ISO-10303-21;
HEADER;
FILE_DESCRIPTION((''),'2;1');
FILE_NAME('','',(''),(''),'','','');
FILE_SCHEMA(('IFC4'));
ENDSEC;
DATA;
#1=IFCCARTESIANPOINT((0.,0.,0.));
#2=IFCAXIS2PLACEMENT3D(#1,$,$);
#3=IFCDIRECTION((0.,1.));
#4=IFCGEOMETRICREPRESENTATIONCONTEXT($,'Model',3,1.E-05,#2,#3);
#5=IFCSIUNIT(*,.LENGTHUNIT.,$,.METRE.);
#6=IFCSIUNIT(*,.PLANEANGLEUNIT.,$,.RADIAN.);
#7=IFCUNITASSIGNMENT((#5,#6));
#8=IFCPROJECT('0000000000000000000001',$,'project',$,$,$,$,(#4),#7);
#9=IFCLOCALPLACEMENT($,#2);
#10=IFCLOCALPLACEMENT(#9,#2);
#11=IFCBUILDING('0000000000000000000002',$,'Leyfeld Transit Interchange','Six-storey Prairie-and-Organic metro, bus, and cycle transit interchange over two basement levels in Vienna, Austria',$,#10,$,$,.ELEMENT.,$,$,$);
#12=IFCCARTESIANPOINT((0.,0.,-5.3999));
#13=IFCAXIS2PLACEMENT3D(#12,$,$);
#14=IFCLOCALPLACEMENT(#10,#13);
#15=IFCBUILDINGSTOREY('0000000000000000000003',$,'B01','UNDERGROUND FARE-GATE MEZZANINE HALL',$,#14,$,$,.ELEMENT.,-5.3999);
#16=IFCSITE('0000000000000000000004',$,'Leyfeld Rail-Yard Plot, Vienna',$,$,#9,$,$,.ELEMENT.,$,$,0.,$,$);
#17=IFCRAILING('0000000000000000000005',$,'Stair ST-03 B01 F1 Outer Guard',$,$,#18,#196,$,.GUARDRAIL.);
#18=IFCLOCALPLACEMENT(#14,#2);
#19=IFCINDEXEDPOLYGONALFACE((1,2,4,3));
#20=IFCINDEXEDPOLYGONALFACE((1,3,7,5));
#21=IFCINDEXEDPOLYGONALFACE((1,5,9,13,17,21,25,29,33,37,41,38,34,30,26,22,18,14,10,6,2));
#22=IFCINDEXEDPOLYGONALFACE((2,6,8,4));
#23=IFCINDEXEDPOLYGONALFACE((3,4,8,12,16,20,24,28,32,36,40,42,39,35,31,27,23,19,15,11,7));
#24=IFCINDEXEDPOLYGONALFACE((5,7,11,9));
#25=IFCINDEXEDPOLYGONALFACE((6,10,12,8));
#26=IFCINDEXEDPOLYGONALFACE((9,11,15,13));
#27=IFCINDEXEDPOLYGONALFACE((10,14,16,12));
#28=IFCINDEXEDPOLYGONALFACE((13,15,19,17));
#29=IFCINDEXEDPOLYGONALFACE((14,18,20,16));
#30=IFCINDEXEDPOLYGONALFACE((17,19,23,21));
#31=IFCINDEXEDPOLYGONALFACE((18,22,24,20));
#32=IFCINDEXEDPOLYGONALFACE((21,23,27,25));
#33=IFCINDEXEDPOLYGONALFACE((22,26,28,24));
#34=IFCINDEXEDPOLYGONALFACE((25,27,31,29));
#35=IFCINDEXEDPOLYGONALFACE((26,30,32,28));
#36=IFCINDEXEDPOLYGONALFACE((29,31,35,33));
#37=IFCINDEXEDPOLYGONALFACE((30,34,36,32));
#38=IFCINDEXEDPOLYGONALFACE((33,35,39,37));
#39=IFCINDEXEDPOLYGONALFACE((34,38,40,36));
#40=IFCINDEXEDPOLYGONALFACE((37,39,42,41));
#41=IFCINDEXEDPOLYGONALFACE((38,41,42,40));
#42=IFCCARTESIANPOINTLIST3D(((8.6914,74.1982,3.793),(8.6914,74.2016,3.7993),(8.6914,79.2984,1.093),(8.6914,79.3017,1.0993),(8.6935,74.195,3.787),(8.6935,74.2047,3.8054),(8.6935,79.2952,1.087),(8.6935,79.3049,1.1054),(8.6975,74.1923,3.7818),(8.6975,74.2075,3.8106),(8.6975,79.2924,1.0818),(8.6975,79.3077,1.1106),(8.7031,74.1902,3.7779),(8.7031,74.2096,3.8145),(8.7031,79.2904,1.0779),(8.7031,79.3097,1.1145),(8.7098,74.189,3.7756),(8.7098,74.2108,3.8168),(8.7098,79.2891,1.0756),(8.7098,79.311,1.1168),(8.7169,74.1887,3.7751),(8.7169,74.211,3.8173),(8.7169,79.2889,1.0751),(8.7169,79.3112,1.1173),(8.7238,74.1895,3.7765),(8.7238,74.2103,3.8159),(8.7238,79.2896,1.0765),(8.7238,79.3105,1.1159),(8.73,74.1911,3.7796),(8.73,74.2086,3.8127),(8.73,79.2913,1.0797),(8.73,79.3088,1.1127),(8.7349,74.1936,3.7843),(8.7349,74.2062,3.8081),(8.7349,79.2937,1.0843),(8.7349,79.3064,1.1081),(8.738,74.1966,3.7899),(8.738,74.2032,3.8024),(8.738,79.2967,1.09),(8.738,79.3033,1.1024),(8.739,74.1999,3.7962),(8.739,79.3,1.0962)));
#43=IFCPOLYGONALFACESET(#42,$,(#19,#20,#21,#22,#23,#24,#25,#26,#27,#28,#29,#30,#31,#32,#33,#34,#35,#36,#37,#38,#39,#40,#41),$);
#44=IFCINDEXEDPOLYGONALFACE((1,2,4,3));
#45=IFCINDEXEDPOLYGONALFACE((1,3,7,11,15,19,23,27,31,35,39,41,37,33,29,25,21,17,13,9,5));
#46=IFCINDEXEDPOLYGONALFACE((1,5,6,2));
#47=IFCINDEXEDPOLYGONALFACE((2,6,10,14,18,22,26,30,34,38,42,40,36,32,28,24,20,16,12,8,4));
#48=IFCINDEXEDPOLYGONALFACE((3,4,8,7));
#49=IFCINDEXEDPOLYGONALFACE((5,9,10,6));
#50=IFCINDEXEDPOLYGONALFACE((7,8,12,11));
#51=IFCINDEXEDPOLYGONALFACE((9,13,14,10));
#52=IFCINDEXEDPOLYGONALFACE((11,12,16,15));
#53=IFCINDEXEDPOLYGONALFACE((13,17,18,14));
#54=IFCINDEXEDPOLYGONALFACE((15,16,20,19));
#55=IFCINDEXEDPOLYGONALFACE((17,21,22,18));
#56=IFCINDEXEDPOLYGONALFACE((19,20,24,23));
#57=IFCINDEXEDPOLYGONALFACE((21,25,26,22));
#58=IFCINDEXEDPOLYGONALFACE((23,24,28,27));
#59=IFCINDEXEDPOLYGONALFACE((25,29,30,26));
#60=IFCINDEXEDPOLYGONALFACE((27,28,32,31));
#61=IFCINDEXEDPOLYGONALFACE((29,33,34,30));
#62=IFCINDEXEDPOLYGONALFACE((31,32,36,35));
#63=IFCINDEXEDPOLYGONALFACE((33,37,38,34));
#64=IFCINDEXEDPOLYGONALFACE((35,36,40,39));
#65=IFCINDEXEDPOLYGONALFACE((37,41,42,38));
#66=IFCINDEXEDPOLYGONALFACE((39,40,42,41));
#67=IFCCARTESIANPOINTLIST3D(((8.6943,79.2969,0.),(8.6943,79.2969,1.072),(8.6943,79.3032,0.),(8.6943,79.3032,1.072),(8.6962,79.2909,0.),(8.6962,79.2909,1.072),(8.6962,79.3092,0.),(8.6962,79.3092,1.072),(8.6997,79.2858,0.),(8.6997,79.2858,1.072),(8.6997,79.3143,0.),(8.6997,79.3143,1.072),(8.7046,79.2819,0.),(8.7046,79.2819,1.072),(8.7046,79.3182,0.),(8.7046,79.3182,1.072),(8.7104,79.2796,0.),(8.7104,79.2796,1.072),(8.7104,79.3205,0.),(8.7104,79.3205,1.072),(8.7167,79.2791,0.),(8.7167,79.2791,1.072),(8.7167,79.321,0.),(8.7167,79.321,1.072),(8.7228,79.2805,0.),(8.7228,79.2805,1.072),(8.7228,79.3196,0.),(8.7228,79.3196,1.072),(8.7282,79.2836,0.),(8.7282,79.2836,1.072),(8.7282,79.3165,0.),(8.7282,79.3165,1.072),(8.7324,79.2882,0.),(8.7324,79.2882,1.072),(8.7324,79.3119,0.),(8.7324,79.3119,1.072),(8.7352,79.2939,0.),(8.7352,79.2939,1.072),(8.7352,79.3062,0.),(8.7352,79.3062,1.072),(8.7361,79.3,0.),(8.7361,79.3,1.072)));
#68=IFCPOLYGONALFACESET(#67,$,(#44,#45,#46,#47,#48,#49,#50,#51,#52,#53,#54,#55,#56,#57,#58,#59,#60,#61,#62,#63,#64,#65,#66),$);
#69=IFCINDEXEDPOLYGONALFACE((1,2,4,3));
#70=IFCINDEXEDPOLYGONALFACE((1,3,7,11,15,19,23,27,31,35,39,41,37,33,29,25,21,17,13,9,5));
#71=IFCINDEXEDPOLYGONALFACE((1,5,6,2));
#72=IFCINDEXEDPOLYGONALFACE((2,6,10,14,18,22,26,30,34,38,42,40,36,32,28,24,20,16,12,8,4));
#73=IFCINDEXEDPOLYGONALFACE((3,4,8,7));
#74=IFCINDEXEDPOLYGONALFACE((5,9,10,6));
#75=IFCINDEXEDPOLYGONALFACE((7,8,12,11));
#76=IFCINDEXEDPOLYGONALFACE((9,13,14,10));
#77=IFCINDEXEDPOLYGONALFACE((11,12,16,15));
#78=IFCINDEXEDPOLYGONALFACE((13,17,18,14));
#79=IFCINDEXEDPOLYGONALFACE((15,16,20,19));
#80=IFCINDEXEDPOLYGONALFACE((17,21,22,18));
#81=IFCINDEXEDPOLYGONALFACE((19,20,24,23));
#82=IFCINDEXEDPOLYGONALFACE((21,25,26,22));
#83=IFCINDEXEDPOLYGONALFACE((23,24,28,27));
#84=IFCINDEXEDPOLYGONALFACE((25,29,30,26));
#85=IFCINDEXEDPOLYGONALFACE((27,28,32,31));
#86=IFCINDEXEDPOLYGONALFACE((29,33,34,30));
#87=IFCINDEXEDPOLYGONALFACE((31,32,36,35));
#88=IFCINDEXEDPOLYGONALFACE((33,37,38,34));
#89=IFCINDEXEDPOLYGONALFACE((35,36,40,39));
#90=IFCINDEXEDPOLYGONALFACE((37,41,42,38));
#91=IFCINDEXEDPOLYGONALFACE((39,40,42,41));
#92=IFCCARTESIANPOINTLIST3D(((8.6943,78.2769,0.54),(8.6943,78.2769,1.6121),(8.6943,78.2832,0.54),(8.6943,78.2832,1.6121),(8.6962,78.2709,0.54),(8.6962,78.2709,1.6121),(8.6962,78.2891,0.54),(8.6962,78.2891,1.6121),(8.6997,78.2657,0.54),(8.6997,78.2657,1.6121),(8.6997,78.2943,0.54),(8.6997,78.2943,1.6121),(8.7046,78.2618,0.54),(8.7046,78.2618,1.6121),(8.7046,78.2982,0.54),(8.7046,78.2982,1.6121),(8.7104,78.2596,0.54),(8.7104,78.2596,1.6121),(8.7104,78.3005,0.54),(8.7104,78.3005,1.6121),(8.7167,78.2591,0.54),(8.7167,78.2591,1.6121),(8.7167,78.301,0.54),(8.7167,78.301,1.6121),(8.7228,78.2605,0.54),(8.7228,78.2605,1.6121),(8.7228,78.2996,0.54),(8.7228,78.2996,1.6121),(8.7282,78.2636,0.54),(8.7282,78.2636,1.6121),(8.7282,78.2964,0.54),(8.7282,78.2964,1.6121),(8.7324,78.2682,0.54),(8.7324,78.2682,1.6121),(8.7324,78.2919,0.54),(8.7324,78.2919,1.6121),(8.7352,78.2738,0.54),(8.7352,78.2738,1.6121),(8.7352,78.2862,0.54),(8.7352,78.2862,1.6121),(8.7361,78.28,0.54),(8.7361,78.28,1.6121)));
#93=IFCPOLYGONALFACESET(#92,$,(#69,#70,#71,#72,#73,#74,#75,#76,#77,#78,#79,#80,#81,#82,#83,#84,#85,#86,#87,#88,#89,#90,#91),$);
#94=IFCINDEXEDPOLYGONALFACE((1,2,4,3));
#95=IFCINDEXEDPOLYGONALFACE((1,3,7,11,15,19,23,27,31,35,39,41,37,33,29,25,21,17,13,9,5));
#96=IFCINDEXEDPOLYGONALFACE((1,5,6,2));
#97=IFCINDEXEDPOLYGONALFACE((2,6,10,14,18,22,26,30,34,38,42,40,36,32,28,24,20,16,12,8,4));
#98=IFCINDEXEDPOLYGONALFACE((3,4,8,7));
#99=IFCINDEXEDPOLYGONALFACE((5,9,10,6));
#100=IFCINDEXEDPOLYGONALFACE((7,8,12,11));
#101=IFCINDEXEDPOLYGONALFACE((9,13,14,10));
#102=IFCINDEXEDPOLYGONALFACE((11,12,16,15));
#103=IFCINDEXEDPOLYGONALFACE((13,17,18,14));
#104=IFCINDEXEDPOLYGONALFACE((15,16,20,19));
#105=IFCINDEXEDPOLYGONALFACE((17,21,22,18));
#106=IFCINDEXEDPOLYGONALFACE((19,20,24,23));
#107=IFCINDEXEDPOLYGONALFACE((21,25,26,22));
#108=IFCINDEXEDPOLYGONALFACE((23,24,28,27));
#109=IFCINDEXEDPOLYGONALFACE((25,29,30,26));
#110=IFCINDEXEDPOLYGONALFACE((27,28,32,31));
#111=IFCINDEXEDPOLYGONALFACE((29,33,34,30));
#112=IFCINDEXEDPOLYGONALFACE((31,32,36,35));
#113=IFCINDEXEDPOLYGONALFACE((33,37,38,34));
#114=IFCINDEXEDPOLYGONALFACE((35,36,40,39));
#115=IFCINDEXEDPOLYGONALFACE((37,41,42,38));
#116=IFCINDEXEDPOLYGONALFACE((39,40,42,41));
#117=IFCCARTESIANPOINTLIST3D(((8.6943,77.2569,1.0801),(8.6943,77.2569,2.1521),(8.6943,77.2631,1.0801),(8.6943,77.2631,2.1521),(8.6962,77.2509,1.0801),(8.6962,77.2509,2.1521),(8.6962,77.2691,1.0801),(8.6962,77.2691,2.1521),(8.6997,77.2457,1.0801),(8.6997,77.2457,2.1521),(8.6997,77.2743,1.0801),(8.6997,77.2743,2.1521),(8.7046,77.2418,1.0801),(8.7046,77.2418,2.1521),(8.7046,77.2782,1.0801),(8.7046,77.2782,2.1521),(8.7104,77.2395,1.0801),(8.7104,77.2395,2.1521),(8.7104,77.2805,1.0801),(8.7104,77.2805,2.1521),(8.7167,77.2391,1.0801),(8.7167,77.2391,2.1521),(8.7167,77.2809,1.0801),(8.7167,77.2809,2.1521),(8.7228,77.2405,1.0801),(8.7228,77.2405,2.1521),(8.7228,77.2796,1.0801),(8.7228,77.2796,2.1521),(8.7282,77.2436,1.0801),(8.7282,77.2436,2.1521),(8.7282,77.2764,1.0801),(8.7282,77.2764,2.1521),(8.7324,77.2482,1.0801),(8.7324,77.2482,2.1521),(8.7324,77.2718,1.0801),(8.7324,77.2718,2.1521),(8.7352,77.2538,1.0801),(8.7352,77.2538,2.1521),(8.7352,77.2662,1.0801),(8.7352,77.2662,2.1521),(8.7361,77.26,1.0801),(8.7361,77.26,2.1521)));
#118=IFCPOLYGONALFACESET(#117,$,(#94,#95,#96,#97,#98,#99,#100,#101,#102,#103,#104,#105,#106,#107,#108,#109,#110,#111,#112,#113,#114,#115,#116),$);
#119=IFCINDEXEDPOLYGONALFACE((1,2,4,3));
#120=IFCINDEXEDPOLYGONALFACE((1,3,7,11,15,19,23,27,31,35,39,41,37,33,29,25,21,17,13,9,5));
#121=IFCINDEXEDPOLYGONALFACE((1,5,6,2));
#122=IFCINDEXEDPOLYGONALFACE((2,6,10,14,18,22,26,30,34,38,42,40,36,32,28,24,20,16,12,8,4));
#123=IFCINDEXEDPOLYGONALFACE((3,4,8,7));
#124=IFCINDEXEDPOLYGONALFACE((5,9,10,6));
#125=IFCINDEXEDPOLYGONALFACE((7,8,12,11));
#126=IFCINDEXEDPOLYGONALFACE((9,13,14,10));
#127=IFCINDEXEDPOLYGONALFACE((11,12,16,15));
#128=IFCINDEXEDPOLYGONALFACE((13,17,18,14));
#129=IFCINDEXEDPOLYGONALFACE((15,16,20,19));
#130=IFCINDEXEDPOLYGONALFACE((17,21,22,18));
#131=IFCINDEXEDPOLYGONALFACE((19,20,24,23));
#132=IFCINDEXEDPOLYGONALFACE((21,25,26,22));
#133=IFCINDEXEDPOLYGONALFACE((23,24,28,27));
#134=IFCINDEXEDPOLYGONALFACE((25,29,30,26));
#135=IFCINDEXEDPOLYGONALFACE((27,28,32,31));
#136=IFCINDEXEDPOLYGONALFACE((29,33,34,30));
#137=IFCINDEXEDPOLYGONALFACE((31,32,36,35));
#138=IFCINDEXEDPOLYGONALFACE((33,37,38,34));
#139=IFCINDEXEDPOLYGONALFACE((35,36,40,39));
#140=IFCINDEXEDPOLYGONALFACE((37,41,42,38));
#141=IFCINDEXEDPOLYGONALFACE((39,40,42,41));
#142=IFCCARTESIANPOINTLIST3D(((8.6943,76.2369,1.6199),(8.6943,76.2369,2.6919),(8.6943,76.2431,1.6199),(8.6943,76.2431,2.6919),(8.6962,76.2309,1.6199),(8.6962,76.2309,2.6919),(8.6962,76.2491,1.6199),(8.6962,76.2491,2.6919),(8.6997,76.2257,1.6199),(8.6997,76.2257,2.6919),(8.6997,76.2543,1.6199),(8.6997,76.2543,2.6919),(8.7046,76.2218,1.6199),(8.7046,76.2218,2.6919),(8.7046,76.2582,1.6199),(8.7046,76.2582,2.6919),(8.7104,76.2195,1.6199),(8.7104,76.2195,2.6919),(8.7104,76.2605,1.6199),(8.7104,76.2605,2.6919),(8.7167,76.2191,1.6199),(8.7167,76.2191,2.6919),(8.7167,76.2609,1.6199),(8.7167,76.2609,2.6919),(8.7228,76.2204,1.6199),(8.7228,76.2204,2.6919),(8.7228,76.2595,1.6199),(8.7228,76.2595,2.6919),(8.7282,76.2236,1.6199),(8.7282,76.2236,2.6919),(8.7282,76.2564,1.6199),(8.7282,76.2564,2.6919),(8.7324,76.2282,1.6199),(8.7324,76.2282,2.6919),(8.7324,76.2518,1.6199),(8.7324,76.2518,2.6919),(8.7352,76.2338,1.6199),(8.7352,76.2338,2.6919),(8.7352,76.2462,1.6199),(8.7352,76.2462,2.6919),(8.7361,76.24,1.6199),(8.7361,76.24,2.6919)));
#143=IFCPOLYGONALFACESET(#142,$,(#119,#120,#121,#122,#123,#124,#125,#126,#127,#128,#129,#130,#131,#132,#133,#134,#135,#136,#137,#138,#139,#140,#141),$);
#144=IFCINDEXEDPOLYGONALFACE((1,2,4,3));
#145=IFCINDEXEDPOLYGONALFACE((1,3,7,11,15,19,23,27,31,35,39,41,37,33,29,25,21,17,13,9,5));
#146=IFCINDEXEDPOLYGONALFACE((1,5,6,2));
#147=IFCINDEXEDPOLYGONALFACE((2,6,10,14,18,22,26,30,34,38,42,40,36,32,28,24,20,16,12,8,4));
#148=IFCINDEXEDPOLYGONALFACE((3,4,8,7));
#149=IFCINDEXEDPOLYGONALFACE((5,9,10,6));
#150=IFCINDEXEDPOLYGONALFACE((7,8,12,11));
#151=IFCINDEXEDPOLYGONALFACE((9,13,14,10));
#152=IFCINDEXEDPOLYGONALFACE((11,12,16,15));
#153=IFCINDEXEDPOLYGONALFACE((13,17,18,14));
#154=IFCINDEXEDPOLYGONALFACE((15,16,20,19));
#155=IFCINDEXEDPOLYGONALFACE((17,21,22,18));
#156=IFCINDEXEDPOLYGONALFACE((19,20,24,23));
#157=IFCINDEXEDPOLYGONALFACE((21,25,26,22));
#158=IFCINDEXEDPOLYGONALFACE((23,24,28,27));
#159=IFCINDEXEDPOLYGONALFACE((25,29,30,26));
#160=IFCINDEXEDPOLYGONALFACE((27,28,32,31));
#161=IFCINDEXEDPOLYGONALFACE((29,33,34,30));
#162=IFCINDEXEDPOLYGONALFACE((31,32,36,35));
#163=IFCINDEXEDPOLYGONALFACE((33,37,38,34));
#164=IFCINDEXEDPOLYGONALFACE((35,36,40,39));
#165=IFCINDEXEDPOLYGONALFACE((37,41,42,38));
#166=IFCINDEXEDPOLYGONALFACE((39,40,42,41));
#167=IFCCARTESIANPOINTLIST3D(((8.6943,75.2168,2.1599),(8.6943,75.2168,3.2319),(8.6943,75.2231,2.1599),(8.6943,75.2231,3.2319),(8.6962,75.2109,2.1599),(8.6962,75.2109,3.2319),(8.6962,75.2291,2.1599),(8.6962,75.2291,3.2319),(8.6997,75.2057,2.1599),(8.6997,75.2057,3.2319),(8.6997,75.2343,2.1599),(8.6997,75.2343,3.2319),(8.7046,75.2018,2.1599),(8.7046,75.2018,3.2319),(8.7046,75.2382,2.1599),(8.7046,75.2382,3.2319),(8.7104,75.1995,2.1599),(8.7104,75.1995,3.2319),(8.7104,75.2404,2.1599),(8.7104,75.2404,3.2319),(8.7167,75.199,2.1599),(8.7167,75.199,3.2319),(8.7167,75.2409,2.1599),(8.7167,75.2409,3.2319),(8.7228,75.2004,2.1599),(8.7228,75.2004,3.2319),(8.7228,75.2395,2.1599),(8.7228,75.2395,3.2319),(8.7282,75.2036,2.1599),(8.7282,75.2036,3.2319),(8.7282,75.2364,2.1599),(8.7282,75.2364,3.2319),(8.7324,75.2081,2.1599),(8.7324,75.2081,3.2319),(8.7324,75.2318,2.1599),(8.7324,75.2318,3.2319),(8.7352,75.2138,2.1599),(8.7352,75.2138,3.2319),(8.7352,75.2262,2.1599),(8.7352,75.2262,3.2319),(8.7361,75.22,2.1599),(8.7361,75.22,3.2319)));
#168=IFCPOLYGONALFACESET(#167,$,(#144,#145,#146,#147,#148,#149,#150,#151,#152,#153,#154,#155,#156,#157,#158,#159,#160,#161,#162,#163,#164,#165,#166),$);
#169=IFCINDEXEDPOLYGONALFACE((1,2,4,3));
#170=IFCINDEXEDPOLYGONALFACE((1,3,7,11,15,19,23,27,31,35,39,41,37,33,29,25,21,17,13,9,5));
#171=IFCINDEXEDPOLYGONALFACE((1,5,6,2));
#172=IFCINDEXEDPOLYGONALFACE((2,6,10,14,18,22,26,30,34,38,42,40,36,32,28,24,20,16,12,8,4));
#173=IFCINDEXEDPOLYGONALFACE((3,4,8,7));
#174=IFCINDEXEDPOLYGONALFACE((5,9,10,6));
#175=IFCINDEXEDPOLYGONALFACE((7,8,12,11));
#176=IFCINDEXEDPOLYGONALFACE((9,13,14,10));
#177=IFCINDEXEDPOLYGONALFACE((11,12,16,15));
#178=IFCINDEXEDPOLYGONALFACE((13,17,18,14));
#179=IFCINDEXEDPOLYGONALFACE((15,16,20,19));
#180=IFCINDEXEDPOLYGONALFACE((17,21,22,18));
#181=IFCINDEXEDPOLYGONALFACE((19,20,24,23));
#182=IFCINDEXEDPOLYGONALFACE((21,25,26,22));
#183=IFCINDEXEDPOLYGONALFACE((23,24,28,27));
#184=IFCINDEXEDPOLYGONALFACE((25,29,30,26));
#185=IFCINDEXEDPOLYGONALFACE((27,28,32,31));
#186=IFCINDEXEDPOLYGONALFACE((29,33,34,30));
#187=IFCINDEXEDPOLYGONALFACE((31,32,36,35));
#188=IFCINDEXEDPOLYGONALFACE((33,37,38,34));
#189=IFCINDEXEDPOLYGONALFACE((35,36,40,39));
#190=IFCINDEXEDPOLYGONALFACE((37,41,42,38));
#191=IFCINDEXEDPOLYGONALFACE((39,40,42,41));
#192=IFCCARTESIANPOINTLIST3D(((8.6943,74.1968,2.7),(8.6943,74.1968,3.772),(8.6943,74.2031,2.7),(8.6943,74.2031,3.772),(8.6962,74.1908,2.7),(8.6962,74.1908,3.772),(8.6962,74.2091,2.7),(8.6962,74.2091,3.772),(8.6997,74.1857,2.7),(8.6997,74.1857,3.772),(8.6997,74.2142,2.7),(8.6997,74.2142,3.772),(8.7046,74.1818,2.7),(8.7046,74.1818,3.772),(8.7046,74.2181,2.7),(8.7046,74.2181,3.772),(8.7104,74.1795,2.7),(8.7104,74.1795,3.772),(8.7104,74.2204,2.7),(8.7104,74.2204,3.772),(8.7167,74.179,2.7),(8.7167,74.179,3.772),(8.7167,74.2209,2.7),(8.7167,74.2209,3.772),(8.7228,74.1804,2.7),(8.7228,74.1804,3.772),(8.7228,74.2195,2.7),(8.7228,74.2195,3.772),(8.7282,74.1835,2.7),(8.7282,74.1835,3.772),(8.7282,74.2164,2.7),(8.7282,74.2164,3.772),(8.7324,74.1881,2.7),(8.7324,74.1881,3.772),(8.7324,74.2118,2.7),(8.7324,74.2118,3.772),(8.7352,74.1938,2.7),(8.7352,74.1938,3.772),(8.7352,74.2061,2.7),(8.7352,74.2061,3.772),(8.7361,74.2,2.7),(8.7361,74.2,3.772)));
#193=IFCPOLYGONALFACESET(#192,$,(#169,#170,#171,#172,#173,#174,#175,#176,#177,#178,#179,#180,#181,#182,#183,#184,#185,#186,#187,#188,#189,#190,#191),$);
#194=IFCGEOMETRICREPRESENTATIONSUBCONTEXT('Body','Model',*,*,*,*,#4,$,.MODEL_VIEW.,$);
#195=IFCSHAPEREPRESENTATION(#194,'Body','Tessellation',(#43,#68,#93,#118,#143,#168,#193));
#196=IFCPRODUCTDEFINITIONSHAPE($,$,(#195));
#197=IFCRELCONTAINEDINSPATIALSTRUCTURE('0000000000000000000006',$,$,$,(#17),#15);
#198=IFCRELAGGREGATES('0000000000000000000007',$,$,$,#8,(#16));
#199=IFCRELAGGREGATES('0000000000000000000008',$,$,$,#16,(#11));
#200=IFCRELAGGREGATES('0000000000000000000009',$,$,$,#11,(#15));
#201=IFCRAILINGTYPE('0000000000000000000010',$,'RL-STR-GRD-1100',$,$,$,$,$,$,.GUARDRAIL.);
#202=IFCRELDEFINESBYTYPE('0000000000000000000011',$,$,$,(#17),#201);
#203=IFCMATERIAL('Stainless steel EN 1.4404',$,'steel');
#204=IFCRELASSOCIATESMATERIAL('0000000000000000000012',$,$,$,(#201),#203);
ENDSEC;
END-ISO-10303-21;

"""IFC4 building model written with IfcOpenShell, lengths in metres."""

from ifc_helpers import new_model, si_unit, direction, frame, origin, origin_2d, place, context, subcontext, project, spatial, circle, extrude, material, type_object, element, save


model = new_model("IFC4")

# Units and contexts
model_context = context("Model", 3, precision=1e-05, world=origin(), true_north=direction((0.0, 1.0)))
body_context = subcontext(model_context, "Body", "Model", "MODEL_VIEW")
ifc_project = project(units=[si_unit("LENGTHUNIT", "METRE"), si_unit("PLANEANGLEUNIT", "RADIAN")], contexts=[model_context])

# Site, building, storey
site_placement = place(None, origin())
site = spatial("IfcSite", under=ifc_project, at=site_placement, Name="Leyfeld Rail-Yard Plot, Vienna", CompositionType="ELEMENT", RefElevation=0.0)
building_placement = place(site_placement, origin())
building = spatial("IfcBuilding", under=site, at=building_placement, Name="Leyfeld Transit Interchange", Description="Six-storey Prairie-and-Organic metro, bus, and cycle transit interchange over two basement levels in Vienna, Austria", CompositionType="ELEMENT")
storey_placement = place(building_placement, frame((0.0, 0.0, -5.3999)))
storey = spatial("IfcBuildingStorey", under=building, at=storey_placement, Name="B01", Description="UNDERGROUND FARE-GATE MEZZANINE HALL", CompositionType="ELEMENT", Elevation=-5.3999)

# Railing
ifc_material_1 = material(Name="Stainless steel EN 1.4404", Category="steel")
railing_type_1 = type_object("IfcRailingType", Name="RL-STR-GRD-1100", PredefinedType="GUARDRAIL", material=ifc_material_1)
for number, where, name in (
    (1, (8.7151, 79.3, 0.0), "Stair ST-03 B01 F1 Outer Guard"),
):
    element("IfcRailing", number, at=place(storey_placement, frame(where)), inside=storey, type_object=railing_type_1, Name=name, PredefinedType="GUARDRAIL", context=body_context, shape_type="SweptSolid", body=[
        extrude(circle(Radius=0.0239, at=origin_2d()), frame((0.0, 0.0, 1.0962), z_axis=(0.0, -0.883795, 0.467874), x_axis=(1.0, 0.0, 0.0)), (0.0, 0.0, 1.0), 5.7708),
        extrude(circle(Radius=0.021, at=origin_2d()), origin(), (0.0, 0.0, 1.0), 1.072),
        extrude(circle(Radius=0.021, at=origin_2d()), frame((0.0, -1.02, 0.54)), (0.0, 0.0, 1.0), 1.072),
        extrude(circle(Radius=0.021, at=origin_2d()), frame((0.0, -2.04, 1.0801)), (0.0, 0.0, 1.0), 1.072),
        extrude(circle(Radius=0.021, at=origin_2d()), frame((0.0, -3.0601, 1.6199)), (0.0, 0.0, 1.0), 1.072),
        extrude(circle(Radius=0.021, at=origin_2d()), frame((0.0, -4.0801, 2.1599)), (0.0, 0.0, 1.0), 1.072),
        extrude(circle(Radius=0.021, at=origin_2d()), frame((0.0, -5.1001, 2.7)), (0.0, 0.0, 1.0), 1.072),
    ])

save(model, "model.ifc")
